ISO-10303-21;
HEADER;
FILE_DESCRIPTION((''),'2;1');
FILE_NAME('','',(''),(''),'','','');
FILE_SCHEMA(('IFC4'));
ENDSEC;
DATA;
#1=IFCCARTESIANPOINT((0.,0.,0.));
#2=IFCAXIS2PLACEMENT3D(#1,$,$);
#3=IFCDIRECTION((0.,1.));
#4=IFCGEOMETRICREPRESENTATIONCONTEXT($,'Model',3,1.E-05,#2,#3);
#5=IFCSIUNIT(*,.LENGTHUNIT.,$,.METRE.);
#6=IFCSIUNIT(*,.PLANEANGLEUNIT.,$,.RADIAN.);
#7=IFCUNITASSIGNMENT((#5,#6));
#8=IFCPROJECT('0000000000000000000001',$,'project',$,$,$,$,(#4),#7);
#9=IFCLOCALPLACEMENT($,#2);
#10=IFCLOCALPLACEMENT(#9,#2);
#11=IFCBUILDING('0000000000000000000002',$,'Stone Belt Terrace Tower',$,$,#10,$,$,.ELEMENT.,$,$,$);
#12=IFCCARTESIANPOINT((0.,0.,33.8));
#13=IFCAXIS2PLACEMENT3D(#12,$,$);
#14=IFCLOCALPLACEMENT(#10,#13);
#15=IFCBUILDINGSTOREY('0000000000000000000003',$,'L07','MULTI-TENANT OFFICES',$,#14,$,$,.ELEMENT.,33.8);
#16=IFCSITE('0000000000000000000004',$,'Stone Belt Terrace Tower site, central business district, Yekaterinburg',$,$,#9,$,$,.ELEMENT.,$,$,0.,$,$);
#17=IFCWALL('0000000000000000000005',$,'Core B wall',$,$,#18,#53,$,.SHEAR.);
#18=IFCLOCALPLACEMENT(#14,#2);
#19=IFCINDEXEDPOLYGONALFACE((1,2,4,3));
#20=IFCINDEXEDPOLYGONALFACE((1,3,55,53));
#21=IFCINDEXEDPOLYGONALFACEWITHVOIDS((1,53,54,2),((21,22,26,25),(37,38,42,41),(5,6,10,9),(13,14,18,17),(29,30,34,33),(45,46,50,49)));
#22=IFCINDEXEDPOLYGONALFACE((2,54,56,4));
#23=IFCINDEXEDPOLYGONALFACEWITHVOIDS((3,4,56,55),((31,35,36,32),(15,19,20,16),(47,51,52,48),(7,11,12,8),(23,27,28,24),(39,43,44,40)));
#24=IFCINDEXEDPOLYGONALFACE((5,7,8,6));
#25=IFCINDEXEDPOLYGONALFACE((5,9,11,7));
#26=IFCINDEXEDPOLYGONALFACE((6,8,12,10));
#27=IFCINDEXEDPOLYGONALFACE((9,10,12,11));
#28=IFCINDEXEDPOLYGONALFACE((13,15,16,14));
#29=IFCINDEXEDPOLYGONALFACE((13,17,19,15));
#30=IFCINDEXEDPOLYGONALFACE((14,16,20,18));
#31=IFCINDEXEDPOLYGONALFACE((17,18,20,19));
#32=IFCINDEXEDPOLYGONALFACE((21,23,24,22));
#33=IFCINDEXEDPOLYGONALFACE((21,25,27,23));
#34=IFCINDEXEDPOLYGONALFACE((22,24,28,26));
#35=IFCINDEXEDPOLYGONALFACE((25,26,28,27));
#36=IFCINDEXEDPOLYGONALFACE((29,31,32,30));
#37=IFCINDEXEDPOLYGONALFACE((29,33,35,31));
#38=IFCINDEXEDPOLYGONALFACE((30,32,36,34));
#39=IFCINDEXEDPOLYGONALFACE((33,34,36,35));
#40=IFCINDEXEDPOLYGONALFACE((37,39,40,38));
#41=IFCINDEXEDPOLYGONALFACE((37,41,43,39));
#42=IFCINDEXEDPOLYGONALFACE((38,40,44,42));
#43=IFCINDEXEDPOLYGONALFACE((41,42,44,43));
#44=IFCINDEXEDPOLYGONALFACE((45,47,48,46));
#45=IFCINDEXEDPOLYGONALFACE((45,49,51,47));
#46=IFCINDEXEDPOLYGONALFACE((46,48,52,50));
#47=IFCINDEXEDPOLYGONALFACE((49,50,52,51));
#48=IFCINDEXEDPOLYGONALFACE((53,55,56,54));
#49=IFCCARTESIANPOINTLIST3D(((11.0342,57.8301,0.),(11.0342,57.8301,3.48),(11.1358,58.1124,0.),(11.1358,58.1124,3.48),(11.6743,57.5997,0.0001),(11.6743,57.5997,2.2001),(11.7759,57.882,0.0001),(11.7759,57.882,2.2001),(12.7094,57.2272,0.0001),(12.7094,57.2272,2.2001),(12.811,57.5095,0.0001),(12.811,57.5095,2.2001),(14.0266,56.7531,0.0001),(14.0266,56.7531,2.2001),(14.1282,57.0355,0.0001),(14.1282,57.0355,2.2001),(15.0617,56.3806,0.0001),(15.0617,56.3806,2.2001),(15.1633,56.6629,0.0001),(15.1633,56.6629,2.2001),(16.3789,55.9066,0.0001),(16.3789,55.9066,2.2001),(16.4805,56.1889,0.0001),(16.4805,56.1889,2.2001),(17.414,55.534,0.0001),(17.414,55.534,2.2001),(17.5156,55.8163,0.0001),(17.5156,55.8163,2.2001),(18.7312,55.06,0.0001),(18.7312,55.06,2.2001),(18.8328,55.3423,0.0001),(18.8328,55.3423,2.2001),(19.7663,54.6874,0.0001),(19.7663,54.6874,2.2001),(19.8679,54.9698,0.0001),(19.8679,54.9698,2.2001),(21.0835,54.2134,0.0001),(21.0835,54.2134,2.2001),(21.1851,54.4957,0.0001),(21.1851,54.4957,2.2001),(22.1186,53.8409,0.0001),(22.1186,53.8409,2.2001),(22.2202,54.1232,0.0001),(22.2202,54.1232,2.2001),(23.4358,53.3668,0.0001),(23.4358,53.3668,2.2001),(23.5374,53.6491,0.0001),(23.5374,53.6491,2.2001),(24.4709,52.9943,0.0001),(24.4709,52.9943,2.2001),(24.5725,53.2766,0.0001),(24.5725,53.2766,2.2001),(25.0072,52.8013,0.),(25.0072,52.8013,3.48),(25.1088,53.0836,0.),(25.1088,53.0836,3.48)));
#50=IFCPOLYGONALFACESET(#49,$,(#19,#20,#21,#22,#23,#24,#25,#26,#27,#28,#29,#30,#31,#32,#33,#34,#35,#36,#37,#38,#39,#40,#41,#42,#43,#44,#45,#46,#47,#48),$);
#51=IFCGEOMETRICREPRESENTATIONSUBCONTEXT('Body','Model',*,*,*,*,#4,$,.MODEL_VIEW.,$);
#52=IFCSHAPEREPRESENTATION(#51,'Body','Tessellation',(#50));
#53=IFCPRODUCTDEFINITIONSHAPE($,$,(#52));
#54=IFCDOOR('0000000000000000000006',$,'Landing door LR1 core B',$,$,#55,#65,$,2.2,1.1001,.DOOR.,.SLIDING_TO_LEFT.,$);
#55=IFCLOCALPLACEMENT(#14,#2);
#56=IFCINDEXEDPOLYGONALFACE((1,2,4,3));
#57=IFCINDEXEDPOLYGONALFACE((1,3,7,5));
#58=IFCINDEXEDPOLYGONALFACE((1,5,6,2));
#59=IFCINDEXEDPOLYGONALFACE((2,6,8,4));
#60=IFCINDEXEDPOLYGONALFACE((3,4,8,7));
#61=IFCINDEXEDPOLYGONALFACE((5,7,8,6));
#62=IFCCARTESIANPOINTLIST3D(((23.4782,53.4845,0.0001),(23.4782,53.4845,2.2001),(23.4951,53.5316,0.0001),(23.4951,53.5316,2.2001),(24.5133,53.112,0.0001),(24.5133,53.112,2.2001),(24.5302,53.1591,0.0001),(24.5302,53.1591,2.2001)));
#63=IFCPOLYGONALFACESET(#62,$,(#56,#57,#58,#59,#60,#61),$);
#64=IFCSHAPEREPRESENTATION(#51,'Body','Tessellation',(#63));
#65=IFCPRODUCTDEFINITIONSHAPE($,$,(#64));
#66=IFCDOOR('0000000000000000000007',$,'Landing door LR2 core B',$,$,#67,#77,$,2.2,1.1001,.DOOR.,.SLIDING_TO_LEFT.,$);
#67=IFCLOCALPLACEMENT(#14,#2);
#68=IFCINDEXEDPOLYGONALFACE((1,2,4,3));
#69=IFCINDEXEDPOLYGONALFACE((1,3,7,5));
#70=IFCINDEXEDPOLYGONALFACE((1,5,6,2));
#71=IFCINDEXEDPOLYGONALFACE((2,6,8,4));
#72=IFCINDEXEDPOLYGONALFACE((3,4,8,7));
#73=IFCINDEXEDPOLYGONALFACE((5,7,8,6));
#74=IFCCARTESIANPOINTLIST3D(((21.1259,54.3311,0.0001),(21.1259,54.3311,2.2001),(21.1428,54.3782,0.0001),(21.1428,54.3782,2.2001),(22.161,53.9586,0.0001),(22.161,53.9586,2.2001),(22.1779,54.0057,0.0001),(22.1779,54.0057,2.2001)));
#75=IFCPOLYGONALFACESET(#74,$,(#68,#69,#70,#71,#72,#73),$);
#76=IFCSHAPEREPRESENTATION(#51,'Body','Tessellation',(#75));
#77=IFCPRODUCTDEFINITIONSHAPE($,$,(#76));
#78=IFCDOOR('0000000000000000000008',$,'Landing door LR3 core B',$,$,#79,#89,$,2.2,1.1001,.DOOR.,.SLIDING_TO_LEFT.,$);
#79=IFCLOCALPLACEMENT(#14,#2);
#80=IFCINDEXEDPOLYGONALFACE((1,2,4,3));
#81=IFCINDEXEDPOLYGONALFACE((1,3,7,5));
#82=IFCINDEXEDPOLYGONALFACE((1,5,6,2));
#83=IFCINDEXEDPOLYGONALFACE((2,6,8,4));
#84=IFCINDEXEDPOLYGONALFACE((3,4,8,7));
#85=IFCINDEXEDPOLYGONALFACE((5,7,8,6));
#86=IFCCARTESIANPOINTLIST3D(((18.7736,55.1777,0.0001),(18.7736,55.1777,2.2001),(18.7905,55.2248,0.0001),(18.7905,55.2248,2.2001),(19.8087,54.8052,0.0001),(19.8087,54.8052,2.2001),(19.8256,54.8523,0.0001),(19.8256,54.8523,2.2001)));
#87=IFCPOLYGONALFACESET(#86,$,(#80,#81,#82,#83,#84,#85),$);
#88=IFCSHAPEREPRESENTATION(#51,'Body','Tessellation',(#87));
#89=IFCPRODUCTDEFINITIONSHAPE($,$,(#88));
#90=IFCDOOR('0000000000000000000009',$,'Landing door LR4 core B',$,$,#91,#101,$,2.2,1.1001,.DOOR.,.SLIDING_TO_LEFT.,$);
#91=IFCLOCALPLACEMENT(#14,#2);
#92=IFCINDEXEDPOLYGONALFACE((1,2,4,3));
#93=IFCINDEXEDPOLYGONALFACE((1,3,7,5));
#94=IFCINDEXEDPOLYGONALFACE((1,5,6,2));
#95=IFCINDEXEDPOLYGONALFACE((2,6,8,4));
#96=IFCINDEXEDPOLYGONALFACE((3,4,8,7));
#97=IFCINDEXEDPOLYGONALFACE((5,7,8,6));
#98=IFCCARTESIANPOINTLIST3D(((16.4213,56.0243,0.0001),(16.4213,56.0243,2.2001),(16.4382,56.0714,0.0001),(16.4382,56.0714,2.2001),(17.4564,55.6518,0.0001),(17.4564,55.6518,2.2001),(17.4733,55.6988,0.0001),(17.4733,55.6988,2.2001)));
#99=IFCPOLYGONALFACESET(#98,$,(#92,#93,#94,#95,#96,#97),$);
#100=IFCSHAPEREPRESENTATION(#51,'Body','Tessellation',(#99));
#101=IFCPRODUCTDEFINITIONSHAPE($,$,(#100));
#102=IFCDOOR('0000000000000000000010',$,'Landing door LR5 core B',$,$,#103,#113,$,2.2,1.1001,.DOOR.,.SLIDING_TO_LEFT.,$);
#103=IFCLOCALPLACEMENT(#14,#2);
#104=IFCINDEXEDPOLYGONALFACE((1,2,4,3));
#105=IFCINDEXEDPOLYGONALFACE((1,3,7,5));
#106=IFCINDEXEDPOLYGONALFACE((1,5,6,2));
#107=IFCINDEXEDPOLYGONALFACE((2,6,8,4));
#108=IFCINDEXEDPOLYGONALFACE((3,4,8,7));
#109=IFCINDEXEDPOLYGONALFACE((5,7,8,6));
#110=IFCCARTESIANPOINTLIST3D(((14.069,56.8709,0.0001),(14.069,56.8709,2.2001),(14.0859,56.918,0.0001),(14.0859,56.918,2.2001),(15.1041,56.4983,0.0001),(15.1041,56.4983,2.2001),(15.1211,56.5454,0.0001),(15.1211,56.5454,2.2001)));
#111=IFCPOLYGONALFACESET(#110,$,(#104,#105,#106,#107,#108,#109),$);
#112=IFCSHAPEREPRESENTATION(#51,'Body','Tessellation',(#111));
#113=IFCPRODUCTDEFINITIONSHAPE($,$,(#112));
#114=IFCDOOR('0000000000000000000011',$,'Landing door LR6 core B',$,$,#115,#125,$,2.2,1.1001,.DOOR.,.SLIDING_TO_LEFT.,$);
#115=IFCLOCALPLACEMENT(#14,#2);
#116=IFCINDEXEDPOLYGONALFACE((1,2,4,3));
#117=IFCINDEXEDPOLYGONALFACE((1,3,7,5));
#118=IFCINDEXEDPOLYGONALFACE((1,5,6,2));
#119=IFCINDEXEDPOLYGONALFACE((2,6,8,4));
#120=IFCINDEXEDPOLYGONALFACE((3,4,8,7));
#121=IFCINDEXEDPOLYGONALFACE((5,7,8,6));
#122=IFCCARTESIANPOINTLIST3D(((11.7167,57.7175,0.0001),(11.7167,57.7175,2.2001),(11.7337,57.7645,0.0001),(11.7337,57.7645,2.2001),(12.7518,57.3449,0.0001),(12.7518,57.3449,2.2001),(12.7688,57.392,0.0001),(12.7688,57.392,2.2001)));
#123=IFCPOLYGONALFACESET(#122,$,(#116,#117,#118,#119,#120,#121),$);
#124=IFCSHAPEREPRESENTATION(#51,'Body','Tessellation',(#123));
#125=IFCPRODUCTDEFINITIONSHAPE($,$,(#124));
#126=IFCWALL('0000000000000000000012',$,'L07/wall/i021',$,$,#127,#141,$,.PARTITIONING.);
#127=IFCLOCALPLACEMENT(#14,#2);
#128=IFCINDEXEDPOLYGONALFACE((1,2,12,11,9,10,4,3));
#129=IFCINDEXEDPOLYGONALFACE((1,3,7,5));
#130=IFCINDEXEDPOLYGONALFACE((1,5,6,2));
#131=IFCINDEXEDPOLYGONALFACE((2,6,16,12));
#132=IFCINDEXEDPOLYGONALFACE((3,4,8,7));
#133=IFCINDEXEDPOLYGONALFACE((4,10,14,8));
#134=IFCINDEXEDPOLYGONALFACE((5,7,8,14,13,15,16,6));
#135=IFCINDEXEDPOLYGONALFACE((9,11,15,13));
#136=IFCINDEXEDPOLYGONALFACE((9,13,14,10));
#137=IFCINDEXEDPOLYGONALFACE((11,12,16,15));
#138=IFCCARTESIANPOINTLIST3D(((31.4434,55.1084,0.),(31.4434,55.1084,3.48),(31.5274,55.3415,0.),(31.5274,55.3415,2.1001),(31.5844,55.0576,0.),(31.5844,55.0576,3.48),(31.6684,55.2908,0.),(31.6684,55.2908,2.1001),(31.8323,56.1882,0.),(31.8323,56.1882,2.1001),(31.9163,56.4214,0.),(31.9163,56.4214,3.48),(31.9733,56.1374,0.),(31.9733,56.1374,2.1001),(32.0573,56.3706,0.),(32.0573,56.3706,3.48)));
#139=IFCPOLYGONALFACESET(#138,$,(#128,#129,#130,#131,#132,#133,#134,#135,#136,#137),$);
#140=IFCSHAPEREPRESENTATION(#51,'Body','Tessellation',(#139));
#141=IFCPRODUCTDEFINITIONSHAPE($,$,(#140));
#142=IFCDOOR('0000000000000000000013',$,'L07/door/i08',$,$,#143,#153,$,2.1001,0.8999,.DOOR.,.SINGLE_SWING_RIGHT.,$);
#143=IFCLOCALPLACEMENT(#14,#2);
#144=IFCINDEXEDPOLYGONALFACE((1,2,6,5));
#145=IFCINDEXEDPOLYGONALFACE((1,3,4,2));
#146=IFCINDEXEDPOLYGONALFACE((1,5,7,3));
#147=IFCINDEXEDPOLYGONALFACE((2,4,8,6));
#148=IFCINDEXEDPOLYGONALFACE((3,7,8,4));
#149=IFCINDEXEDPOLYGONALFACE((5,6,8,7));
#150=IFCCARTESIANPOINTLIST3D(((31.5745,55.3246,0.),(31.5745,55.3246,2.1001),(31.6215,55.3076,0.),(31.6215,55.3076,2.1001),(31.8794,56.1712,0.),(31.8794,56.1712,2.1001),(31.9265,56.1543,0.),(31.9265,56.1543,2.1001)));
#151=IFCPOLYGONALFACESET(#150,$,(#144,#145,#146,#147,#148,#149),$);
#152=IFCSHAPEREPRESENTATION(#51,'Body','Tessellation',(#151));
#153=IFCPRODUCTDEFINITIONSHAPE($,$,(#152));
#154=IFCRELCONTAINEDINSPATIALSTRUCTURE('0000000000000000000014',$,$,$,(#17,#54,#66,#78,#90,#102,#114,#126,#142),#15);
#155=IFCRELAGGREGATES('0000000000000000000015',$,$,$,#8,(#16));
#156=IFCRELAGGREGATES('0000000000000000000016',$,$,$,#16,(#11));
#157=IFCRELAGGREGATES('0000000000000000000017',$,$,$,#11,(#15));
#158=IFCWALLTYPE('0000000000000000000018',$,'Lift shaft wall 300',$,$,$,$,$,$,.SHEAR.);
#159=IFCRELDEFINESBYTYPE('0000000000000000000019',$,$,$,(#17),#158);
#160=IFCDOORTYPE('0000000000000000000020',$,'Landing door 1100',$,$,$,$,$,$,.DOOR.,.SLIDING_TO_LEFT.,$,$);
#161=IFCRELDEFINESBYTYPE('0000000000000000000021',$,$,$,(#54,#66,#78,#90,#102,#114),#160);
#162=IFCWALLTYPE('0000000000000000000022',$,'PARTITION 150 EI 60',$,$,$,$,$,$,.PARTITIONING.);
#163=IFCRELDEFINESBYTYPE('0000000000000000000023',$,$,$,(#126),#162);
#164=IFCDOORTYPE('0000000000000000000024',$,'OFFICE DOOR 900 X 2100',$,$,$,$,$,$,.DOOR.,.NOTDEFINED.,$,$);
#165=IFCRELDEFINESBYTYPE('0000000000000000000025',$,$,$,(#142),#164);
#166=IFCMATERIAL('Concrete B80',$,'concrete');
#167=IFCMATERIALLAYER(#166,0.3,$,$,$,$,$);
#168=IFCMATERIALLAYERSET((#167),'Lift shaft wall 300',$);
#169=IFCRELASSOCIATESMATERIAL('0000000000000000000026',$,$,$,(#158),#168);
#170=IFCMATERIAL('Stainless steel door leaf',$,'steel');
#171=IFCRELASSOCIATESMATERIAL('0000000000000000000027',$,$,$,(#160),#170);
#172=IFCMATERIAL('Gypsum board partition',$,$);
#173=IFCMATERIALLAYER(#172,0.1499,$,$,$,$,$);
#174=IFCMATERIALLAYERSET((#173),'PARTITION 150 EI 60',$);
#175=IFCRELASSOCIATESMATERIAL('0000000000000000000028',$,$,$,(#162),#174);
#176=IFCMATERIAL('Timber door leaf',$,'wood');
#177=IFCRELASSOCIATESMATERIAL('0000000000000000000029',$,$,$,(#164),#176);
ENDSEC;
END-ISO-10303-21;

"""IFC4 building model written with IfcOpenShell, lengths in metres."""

from ifc_helpers import new_model, si_unit, direction, frame, frame_2d, origin, place, context, subcontext, project, spatial, rectangle, extrude, material, layer, layer_set, type_object, element, fill, save


model = new_model("IFC4")

# Units and contexts
model_context = context("Model", 3, precision=1e-05, world=origin(), true_north=direction((0.0, 1.0)))
body_context = subcontext(model_context, "Body", "Model", "MODEL_VIEW")
ifc_project = project(units=[si_unit("LENGTHUNIT", "METRE"), si_unit("PLANEANGLEUNIT", "RADIAN")], contexts=[model_context])

# Site, building, storey
site_placement = place(None, origin())
site = spatial("IfcSite", under=ifc_project, at=site_placement, Name="Stone Belt Terrace Tower site, central business district, Yekaterinburg", CompositionType="ELEMENT", RefElevation=0.0)
building_placement = place(site_placement, origin())
building = spatial("IfcBuilding", under=site, at=building_placement, Name="Stone Belt Terrace Tower", CompositionType="ELEMENT")
storey_placement = place(building_placement, frame((0.0, 0.0, 33.8)))
storey = spatial("IfcBuildingStorey", under=building, at=storey_placement, Name="L07", Description="MULTI-TENANT OFFICES", CompositionType="ELEMENT", Elevation=33.8)

# Shared definitions
ifc_material_1 = material(Name="Concrete B80", Category="concrete")

# Shared definitions
ifc_material_2 = material(Name="Timber door leaf", Category="wood")
ifc_layer_1 = layer(ifc_material_1, 0.3)
ifc_layer_set_1 = layer_set([ifc_layer_1], Name="Lift shaft wall 300")
wall_type_1 = type_object("IfcWallType", Name="Lift shaft wall 300", PredefinedType="SHEAR", material=ifc_layer_set_1)
ifc_material_3 = material(Name="Stainless steel door leaf", Category="steel")

# Wall, openings, doors
wall_1_placement = place(storey_placement, frame((25.0581, 52.9424, 0.0), z_axis=(0.0, 0.0, 1.0), x_axis=(-0.940918, 0.338634, 0.0)))
wall_1 = element("IfcWall", 1, at=wall_1_placement, inside=storey, type_object=wall_type_1, Name="Core B wall", PredefinedType="SHEAR", context=body_context, shape_type="SweptSolid", body=[
    extrude(rectangle(XDim=14.8503, YDim=0.3, at=frame_2d((7.4253, 0.0))), origin(), (0.0, 0.0, 1.0), 3.48),
])
opening_1_placement = place(wall_1_placement, frame((0.5701, 0.0, 0.0)))
opening_1 = element("IfcOpeningElement", 2, at=opening_1_placement, cuts=wall_1, PredefinedType="OPENING", context=body_context, shape_type="SweptSolid", body=[
    extrude(rectangle(XDim=1.1001, YDim=2.2, at=frame_2d((0.55, 1.1001))), frame((0.0, 0.1599, 0.0), z_axis=(0.0, -1.0, 0.0), x_axis=(1.0, 0.0, 0.0)), (0.0, 0.0, 1.0), 0.3201),
])
opening_2_placement = place(wall_1_placement, frame((3.0701, 0.0, 0.0)))
opening_2 = element("IfcOpeningElement", 3, at=opening_2_placement, cuts=wall_1, PredefinedType="OPENING", context=body_context, shape_type="SweptSolid", body=[
    extrude(rectangle(XDim=1.1001, YDim=2.2, at=frame_2d((0.55, 1.1001))), frame((0.0, 0.1599, 0.0), z_axis=(0.0, -1.0, 0.0), x_axis=(1.0, 0.0, 0.0)), (0.0, 0.0, 1.0), 0.3201),
])
opening_3_placement = place(wall_1_placement, frame((5.5701, 0.0, 0.0)))
opening_3 = element("IfcOpeningElement", 4, at=opening_3_placement, cuts=wall_1, PredefinedType="OPENING", context=body_context, shape_type="SweptSolid", body=[
    extrude(rectangle(XDim=1.1001, YDim=2.2, at=frame_2d((0.55, 1.1001))), frame((0.0, 0.1599, 0.0), z_axis=(0.0, -1.0, 0.0), x_axis=(1.0, 0.0, 0.0)), (0.0, 0.0, 1.0), 0.3201),
])
opening_4_placement = place(wall_1_placement, frame((8.0701, 0.0, 0.0)))
opening_4 = element("IfcOpeningElement", 5, at=opening_4_placement, cuts=wall_1, PredefinedType="OPENING", context=body_context, shape_type="SweptSolid", body=[
    extrude(rectangle(XDim=1.1001, YDim=2.2, at=frame_2d((0.55, 1.1001))), frame((0.0, 0.1599, 0.0), z_axis=(0.0, -1.0, 0.0), x_axis=(1.0, 0.0, 0.0)), (0.0, 0.0, 1.0), 0.3201),
])
opening_5_placement = place(wall_1_placement, frame((10.5701, 0.0, 0.0)))
opening_5 = element("IfcOpeningElement", 6, at=opening_5_placement, cuts=wall_1, PredefinedType="OPENING", context=body_context, shape_type="SweptSolid", body=[
    extrude(rectangle(XDim=1.1001, YDim=2.2, at=frame_2d((0.55, 1.1001))), frame((0.0, 0.1599, 0.0), z_axis=(0.0, -1.0, 0.0), x_axis=(1.0, 0.0, 0.0)), (0.0, 0.0, 1.0), 0.3201),
])
opening_6_placement = place(wall_1_placement, frame((13.0701, 0.0, 0.0)))
opening_6 = element("IfcOpeningElement", 7, at=opening_6_placement, cuts=wall_1, PredefinedType="OPENING", context=body_context, shape_type="SweptSolid", body=[
    extrude(rectangle(XDim=1.1001, YDim=2.2, at=frame_2d((0.55, 1.1001))), frame((0.0, 0.1599, 0.0), z_axis=(0.0, -1.0, 0.0), x_axis=(1.0, 0.0, 0.0)), (0.0, 0.0, 1.0), 0.3201),
])
door_type_1 = type_object("IfcDoorType", Name="Landing door 1100", OperationType="SLIDING_TO_LEFT", PredefinedType="DOOR", material=ifc_material_3)
door_1_placement = place(opening_1_placement, origin())
door_1 = element("IfcDoor", 8, at=door_1_placement, inside=storey, type_object=door_type_1, Name="Landing door LR1 core B", OperationType="SLIDING_TO_LEFT", OverallHeight=2.2, OverallWidth=1.1001, PredefinedType="DOOR", context=body_context, shape_type="SweptSolid", body=[
    extrude(rectangle(XDim=1.1001, YDim=2.2, at=frame_2d((0.55, 1.1001))), frame((0.0, 0.0249, 0.0), z_axis=(0.0, -1.0, 0.0), x_axis=(1.0, 0.0, 0.0)), (0.0, 0.0, 1.0), 0.05),
])
fill(opening_1, door_1)
door_2_placement = place(opening_2_placement, origin())
door_2 = element("IfcDoor", 9, at=door_2_placement, inside=storey, type_object=door_type_1, Name="Landing door LR2 core B", OperationType="SLIDING_TO_LEFT", OverallHeight=2.2, OverallWidth=1.1001, PredefinedType="DOOR", context=body_context, shape_type="SweptSolid", body=[
    extrude(rectangle(XDim=1.1001, YDim=2.2, at=frame_2d((0.55, 1.1001))), frame((0.0, 0.0249, 0.0), z_axis=(0.0, -1.0, 0.0), x_axis=(1.0, 0.0, 0.0)), (0.0, 0.0, 1.0), 0.05),
])
fill(opening_2, door_2)
door_3_placement = place(opening_3_placement, origin())
door_3 = element("IfcDoor", 10, at=door_3_placement, inside=storey, type_object=door_type_1, Name="Landing door LR3 core B", OperationType="SLIDING_TO_LEFT", OverallHeight=2.2, OverallWidth=1.1001, PredefinedType="DOOR", context=body_context, shape_type="SweptSolid", body=[
    extrude(rectangle(XDim=1.1001, YDim=2.2, at=frame_2d((0.55, 1.1001))), frame((0.0, 0.0249, 0.0), z_axis=(0.0, -1.0, 0.0), x_axis=(1.0, 0.0, 0.0)), (0.0, 0.0, 1.0), 0.05),
])
fill(opening_3, door_3)
door_4_placement = place(opening_4_placement, origin())
door_4 = element("IfcDoor", 11, at=door_4_placement, inside=storey, type_object=door_type_1, Name="Landing door LR4 core B", OperationType="SLIDING_TO_LEFT", OverallHeight=2.2, OverallWidth=1.1001, PredefinedType="DOOR", context=body_context, shape_type="SweptSolid", body=[
    extrude(rectangle(XDim=1.1001, YDim=2.2, at=frame_2d((0.55, 1.1001))), frame((0.0, 0.0249, 0.0), z_axis=(0.0, -1.0, 0.0), x_axis=(1.0, 0.0, 0.0)), (0.0, 0.0, 1.0), 0.05),
])
fill(opening_4, door_4)
door_5_placement = place(opening_5_placement, origin())
door_5 = element("IfcDoor", 12, at=door_5_placement, inside=storey, type_object=door_type_1, Name="Landing door LR5 core B", OperationType="SLIDING_TO_LEFT", OverallHeight=2.2, OverallWidth=1.1001, PredefinedType="DOOR", context=body_context, shape_type="SweptSolid", body=[
    extrude(rectangle(XDim=1.1001, YDim=2.2, at=frame_2d((0.55, 1.1001))), frame((0.0, 0.0249, 0.0), z_axis=(0.0, -1.0, 0.0), x_axis=(1.0, 0.0, 0.0)), (0.0, 0.0, 1.0), 0.05),
])
fill(opening_5, door_5)
door_6_placement = place(opening_6_placement, origin())
door_6 = element("IfcDoor", 13, at=door_6_placement, inside=storey, type_object=door_type_1, Name="Landing door LR6 core B", OperationType="SLIDING_TO_LEFT", OverallHeight=2.2, OverallWidth=1.1001, PredefinedType="DOOR", context=body_context, shape_type="SweptSolid", body=[
    extrude(rectangle(XDim=1.1001, YDim=2.2, at=frame_2d((0.55, 1.1001))), frame((0.0, 0.0249, 0.0), z_axis=(0.0, -1.0, 0.0), x_axis=(1.0, 0.0, 0.0)), (0.0, 0.0, 1.0), 0.05),
])
fill(opening_6, door_6)

# Wall, opening, door
ifc_material_4 = material(Name="Gypsum board partition")
ifc_layer_2 = layer(ifc_material_4, 0.1499)
ifc_layer_set_2 = layer_set([ifc_layer_2], Name="PARTITION 150 EI 60")
wall_type_2 = type_object("IfcWallType", Name="PARTITION 150 EI 60", PredefinedType="PARTITIONING", material=ifc_layer_set_2)
wall_2_placement = place(storey_placement, frame((31.5139, 55.083, 0.0), z_axis=(0.0, 0.0, 1.0), x_axis=(0.338862, 0.940836, 0.0)))
wall_2 = element("IfcWall", 14, at=wall_2_placement, inside=storey, type_object=wall_type_2, Name="L07/wall/i021", PredefinedType="PARTITIONING", context=body_context, shape_type="SweptSolid", body=[
    extrude(rectangle(XDim=1.3955, YDim=0.1499, at=frame_2d((0.6978, 0.0))), origin(), (0.0, 0.0, 1.0), 3.48),
])
opening_7_placement = place(wall_2_placement, frame((0.2478, 0.0, 0.0)))
opening_7 = element("IfcOpeningElement", 15, at=opening_7_placement, cuts=wall_2, PredefinedType="OPENING", context=body_context, shape_type="SweptSolid", body=[
    extrude(rectangle(XDim=0.8999, YDim=2.1001, at=frame_2d((0.45, 1.05))), frame((0.0, 0.085, 0.0), z_axis=(0.0, -1.0, 0.0), x_axis=(1.0, 0.0, 0.0)), (0.0, 0.0, 1.0), 0.1699),
])
door_type_2 = type_object("IfcDoorType", Name="OFFICE DOOR 900 X 2100", OperationType="NOTDEFINED", PredefinedType="DOOR", material=ifc_material_2)
door_7_placement = place(opening_7_placement, origin())
door_7 = element("IfcDoor", 16, at=door_7_placement, inside=storey, type_object=door_type_2, Name="L07/door/i08", OperationType="SINGLE_SWING_RIGHT", OverallHeight=2.1001, OverallWidth=0.8999, PredefinedType="DOOR", context=body_context, shape_type="SweptSolid", body=[
    extrude(rectangle(XDim=0.8999, YDim=2.1001, at=frame_2d((0.45, 1.05))), frame((0.0, 0.0249, 0.0), z_axis=(0.0, -1.0, 0.0), x_axis=(1.0, 0.0, 0.0)), (0.0, 0.0, 1.0), 0.05),
])
fill(opening_7, door_7)

save(model, "model.ifc")
